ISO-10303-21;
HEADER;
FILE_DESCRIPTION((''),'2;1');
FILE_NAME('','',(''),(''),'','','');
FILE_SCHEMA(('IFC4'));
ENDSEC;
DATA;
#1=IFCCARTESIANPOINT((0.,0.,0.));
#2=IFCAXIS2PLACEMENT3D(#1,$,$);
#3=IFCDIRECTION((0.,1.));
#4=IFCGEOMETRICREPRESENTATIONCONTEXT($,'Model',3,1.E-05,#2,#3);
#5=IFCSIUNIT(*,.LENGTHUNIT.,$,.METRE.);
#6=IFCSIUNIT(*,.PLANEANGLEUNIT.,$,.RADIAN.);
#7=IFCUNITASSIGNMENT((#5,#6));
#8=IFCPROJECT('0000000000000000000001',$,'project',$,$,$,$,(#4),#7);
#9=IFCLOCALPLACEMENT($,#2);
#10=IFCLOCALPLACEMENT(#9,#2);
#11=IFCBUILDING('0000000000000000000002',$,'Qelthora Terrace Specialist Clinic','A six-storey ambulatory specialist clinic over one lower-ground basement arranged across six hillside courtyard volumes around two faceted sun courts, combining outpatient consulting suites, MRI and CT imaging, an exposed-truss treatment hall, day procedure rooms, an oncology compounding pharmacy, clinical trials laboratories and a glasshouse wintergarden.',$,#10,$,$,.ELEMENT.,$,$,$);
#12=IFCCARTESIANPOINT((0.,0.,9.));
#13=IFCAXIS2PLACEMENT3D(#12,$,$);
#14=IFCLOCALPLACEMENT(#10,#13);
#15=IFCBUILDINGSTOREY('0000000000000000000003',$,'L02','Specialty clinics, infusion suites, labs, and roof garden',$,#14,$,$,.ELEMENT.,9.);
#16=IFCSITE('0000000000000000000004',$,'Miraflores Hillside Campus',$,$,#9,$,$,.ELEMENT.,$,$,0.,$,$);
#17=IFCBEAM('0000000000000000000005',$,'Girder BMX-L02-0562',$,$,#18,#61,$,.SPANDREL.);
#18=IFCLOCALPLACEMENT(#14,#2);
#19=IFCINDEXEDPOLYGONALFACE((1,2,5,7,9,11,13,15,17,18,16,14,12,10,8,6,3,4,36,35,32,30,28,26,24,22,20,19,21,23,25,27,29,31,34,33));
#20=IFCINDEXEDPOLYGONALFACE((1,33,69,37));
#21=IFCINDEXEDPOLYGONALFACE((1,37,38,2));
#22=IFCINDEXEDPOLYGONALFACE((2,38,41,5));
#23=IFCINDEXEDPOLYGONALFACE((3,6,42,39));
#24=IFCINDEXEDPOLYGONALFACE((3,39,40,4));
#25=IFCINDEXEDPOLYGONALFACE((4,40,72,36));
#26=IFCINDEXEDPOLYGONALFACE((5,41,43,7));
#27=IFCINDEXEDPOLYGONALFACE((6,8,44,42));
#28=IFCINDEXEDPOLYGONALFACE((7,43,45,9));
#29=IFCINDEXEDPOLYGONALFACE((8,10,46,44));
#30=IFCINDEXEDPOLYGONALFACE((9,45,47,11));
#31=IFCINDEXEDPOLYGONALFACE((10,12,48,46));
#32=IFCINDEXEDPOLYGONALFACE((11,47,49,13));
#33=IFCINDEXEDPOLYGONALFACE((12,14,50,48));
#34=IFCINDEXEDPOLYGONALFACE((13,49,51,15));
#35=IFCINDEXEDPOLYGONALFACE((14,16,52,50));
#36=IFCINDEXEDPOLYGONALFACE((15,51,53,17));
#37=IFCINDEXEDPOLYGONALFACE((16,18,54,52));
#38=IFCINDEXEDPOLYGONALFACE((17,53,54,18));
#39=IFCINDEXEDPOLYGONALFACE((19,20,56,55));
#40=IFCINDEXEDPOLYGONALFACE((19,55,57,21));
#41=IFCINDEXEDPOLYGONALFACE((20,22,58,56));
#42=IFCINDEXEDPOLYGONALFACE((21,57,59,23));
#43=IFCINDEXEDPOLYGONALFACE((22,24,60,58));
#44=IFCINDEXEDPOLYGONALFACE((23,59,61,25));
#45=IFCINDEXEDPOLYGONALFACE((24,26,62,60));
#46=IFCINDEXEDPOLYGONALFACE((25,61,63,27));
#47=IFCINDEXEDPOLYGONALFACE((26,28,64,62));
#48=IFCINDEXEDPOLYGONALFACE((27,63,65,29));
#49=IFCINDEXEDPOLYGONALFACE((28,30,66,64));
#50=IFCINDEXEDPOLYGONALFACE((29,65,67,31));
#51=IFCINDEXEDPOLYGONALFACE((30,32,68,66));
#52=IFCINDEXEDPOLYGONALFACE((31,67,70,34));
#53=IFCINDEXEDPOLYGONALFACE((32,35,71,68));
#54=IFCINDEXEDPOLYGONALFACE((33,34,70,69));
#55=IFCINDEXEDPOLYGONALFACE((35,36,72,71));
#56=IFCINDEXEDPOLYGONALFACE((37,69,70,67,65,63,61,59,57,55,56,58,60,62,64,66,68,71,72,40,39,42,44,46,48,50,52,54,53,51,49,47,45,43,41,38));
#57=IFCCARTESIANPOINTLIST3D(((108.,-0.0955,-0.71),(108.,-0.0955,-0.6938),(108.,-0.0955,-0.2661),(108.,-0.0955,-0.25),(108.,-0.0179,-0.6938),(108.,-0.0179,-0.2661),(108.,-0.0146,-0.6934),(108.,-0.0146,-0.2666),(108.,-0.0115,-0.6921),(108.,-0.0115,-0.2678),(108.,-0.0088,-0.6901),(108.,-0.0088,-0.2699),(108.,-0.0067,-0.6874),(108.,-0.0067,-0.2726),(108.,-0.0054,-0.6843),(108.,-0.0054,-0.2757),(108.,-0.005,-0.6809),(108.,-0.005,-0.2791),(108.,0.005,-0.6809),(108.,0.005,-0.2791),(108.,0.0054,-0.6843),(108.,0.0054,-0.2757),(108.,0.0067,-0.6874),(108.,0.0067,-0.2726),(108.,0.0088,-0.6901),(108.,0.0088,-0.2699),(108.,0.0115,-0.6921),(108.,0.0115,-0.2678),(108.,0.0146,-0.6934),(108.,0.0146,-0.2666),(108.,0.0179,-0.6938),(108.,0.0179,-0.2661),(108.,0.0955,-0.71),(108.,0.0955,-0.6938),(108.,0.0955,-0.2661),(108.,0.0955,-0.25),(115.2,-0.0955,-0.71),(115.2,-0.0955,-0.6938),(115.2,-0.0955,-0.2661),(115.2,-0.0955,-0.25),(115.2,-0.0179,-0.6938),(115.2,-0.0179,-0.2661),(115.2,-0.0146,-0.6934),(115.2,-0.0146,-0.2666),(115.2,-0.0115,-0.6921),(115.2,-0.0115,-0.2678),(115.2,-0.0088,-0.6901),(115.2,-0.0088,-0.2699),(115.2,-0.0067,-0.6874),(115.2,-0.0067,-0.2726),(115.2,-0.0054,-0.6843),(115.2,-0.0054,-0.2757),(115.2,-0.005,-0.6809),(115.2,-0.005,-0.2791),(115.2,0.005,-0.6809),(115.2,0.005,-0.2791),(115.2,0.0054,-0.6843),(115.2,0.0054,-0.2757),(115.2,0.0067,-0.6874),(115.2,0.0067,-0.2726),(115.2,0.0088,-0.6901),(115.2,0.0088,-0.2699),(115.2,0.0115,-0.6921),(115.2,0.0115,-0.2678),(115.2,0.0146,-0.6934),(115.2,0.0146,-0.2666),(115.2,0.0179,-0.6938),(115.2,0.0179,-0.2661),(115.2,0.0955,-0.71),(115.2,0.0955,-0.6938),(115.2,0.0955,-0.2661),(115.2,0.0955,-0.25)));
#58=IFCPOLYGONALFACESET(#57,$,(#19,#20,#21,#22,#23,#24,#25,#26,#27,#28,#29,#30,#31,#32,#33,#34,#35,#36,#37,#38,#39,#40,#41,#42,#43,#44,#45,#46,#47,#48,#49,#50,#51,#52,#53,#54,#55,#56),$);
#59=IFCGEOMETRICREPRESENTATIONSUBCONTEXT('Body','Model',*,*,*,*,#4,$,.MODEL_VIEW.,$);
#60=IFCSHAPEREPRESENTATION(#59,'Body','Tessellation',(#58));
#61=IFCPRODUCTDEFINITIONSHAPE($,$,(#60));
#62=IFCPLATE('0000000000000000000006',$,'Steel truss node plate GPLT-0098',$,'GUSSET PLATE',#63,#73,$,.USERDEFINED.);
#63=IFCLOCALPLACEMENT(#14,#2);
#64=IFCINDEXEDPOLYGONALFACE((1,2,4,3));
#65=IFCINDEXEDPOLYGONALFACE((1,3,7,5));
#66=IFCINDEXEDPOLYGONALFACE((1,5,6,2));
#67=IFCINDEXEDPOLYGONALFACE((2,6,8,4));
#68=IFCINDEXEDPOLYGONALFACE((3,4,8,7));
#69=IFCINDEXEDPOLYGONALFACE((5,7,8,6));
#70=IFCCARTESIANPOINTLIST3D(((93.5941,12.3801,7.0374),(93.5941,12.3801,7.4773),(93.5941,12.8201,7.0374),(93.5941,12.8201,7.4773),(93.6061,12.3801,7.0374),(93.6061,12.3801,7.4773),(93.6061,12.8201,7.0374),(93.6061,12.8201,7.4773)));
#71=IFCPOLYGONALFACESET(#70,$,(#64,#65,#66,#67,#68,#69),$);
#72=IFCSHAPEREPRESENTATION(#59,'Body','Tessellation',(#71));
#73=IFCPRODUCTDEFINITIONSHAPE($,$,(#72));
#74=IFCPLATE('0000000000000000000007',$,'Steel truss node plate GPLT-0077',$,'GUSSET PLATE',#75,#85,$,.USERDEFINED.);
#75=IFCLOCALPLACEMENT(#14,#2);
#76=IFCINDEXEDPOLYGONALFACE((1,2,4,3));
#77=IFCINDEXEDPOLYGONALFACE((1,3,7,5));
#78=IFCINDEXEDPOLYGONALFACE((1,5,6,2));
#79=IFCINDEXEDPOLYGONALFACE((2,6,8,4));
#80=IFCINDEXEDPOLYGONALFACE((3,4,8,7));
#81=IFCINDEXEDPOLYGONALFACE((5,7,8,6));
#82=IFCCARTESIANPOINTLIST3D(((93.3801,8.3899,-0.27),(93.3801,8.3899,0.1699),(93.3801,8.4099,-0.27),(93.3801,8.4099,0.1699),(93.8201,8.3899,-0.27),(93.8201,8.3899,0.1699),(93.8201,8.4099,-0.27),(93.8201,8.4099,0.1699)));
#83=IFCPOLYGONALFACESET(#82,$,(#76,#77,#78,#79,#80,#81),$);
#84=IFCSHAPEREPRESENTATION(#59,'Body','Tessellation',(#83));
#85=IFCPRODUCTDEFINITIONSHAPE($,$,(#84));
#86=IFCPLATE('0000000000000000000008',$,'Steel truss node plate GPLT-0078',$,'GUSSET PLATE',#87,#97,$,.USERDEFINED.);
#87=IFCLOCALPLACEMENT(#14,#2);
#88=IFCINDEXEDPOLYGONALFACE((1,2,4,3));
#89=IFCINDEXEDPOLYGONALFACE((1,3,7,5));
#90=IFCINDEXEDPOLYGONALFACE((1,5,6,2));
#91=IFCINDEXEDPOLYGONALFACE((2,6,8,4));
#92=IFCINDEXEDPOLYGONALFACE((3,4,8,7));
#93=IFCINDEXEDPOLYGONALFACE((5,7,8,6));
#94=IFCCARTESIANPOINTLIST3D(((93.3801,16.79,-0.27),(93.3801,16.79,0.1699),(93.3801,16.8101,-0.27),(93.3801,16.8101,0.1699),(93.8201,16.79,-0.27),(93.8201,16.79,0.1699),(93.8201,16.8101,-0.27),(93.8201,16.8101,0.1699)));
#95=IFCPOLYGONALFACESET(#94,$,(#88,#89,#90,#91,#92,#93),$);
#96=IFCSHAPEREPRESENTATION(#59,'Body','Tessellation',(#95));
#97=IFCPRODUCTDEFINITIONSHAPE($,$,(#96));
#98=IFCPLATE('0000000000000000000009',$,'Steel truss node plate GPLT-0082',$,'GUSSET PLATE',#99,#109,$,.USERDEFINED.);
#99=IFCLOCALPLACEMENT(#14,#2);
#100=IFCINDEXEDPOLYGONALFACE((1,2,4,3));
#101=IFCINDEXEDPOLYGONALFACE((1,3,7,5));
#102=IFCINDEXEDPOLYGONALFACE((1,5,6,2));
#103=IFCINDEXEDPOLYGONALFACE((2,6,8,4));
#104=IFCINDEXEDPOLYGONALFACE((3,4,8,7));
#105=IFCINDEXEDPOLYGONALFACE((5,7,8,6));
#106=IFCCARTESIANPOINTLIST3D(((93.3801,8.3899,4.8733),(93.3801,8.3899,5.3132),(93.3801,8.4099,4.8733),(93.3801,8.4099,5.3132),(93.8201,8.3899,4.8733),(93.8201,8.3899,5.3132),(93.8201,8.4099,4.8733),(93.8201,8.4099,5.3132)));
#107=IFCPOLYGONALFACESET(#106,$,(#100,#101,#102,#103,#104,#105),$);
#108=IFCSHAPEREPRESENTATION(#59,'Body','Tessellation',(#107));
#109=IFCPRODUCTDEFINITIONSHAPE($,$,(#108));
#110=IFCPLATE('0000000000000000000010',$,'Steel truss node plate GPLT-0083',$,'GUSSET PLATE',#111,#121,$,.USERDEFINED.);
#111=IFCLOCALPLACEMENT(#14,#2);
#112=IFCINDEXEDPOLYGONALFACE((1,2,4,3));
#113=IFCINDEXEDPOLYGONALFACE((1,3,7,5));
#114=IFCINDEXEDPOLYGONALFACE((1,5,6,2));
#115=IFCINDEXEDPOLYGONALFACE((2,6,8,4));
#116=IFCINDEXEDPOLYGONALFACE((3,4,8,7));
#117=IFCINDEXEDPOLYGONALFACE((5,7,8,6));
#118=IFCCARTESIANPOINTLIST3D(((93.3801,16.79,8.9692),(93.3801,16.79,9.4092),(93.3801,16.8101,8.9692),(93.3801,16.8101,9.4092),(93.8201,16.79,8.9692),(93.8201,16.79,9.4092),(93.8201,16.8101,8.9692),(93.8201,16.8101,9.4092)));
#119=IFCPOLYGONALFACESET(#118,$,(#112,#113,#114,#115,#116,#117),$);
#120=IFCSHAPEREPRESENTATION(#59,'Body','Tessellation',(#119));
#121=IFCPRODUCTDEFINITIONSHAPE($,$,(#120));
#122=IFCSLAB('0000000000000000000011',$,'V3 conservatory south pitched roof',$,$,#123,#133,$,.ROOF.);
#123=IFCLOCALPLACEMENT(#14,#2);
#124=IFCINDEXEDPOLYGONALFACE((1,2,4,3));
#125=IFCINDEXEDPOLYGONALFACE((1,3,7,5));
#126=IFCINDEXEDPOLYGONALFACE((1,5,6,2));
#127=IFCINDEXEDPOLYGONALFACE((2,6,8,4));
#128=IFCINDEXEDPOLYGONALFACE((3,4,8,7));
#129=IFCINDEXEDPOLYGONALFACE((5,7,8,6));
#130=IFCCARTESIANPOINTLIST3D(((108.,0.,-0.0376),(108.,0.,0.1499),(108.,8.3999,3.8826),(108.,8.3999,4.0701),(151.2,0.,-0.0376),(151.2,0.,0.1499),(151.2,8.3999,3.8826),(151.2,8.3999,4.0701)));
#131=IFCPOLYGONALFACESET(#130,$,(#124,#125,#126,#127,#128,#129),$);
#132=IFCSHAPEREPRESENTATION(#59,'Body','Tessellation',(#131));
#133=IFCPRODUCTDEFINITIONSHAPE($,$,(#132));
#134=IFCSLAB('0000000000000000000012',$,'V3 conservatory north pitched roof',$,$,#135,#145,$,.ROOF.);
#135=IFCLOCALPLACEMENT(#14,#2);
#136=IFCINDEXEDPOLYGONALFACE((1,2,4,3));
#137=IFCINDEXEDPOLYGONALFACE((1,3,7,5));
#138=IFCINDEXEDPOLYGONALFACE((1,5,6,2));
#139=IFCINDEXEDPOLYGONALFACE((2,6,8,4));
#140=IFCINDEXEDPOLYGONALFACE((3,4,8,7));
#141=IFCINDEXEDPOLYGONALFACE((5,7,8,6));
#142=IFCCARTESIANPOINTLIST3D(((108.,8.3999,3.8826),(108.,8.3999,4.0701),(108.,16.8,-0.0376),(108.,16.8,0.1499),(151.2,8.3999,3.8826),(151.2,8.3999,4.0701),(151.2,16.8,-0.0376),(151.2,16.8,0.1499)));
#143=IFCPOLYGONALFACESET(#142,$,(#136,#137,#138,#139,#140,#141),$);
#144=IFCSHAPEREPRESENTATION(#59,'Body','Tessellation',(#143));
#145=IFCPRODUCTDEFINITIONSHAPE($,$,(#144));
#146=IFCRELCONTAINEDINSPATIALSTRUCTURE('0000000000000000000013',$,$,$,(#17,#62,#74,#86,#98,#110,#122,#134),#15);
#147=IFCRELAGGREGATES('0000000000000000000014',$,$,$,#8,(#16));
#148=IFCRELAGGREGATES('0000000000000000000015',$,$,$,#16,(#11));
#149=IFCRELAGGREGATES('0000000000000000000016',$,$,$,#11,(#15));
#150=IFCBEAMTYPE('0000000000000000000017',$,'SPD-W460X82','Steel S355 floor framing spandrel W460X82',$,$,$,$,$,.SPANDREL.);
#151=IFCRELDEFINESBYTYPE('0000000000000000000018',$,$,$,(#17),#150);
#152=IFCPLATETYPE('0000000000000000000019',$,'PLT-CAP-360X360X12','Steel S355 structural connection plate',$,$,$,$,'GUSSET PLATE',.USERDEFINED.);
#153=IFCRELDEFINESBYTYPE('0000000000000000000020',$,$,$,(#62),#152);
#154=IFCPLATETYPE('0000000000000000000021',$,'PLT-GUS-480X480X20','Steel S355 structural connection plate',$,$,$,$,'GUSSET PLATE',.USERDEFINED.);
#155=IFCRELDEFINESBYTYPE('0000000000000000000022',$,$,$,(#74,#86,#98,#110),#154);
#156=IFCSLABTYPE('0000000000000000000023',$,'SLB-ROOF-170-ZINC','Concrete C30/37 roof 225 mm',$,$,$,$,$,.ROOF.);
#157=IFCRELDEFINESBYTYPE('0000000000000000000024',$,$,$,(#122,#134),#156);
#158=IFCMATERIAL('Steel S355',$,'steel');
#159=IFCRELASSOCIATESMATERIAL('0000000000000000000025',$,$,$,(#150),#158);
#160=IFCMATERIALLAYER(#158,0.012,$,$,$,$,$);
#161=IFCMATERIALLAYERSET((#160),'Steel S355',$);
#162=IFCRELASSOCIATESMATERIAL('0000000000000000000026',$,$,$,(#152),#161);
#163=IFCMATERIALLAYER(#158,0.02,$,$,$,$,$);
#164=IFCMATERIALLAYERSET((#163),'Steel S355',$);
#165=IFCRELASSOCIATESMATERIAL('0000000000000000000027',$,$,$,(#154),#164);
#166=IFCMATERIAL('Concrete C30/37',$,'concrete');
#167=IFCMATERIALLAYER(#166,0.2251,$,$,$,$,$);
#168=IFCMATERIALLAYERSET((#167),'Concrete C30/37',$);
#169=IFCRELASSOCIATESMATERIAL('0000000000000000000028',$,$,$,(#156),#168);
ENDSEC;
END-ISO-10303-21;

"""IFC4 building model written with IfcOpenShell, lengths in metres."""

from ifc_helpers import new_model, si_unit, direction, frame, origin, origin_2d, place, context, subcontext, project, spatial, polyline, rectangle, i_section, outline, extrude, material, layer, layer_set, material_profile, profile_set, type_object, element, save


model = new_model("IFC4")

# Units and contexts
model_context = context("Model", 3, precision=1e-05, world=origin(), true_north=direction((0.0, 1.0)))
body_context = subcontext(model_context, "Body", "Model", "MODEL_VIEW")
ifc_project = project(units=[si_unit("LENGTHUNIT", "METRE"), si_unit("PLANEANGLEUNIT", "RADIAN")], contexts=[model_context])

# Site, building, storey
site_placement = place(None, origin())
site = spatial("IfcSite", under=ifc_project, at=site_placement, Name="Miraflores Hillside Campus", CompositionType="ELEMENT", RefElevation=0.0)
building_placement = place(site_placement, origin())
building = spatial("IfcBuilding", under=site, at=building_placement, Name="Qelthora Terrace Specialist Clinic", Description="A six-storey ambulatory specialist clinic over one lower-ground basement arranged across six hillside courtyard volumes around two faceted sun courts, combining outpatient consulting suites, MRI and CT imaging, an exposed-truss treatment hall, day procedure rooms, an oncology compounding pharmacy, clinical trials laboratories and a glasshouse wintergarden.", CompositionType="ELEMENT")
storey_placement = place(building_placement, frame((0.0, 0.0, 9.0)))
storey = spatial("IfcBuildingStorey", under=building, at=storey_placement, Name="L02", Description="Specialty clinics, infusion suites, labs, and roof garden", CompositionType="ELEMENT", Elevation=9.0)

# Shared definitions
ifc_material_1 = material(Name="Steel S355", Category="steel")

# Beam
ifc_material_profile_1 = material_profile(ifc_material_1, i_section(OverallWidth=0.1909, OverallDepth=0.46, WebThickness=0.01, FlangeThickness=0.0161, FilletRadius=0.0129, at=origin_2d()), Name="W460X82")
ifc_profile_set_1 = profile_set([ifc_material_profile_1], Name="Steel S355")
beam_type_1 = type_object("IfcBeamType", Name="SPD-W460X82", Description="Steel S355 floor framing spandrel W460X82", PredefinedType="SPANDREL", material=ifc_profile_set_1)
beam_1_placement = place(storey_placement, frame((108.0, 0.0, -0.48), z_axis=(1.0, 0.0, 0.0), x_axis=(0.0, 1.0, 0.0)))
element("IfcBeam", 1, at=beam_1_placement, inside=storey, type_object=beam_type_1, Name="Girder BMX-L02-0562", PredefinedType="SPANDREL", context=body_context, shape_type="SweptSolid", body=[
    extrude(i_section(OverallWidth=0.1909, OverallDepth=0.46, WebThickness=0.01, FlangeThickness=0.0161, FilletRadius=0.0129, at=origin_2d()), origin(), (0.0, 0.0, 1.0), 7.2),
])

# Plates
ifc_layer_1 = layer(ifc_material_1, 0.012)
ifc_layer_set_1 = layer_set([ifc_layer_1], Name="Steel S355")
plate_type_1 = type_object("IfcPlateType", Name="PLT-CAP-360X360X12", Description="Steel S355 structural connection plate", ElementType="GUSSET PLATE", PredefinedType="USERDEFINED", material=ifc_layer_set_1)
plate_placement = place(storey_placement, frame((93.6001, 12.6001, 7.0374), z_axis=(0.0, 0.0, 1.0), x_axis=(1.0, 0.0, 0.0)))
element("IfcPlate", 2, at=plate_placement, inside=storey, type_object=plate_type_1, Name="Steel truss node plate GPLT-0098", ObjectType="GUSSET PLATE", PredefinedType="USERDEFINED", context=body_context, shape_type="SweptSolid", body=[
    extrude(rectangle(XDim=0.012, YDim=0.4399, at=origin_2d()), origin(), (0.0, 0.0, 1.0), 0.4399),
])
ifc_layer_2 = layer(ifc_material_1, 0.02)
ifc_layer_set_2 = layer_set([ifc_layer_2], Name="Steel S355")
plate_type_2 = type_object("IfcPlateType", Name="PLT-GUS-480X480X20", Description="Steel S355 structural connection plate", ElementType="GUSSET PLATE", PredefinedType="USERDEFINED", material=ifc_layer_set_2)
for number, where, z_axis, x_axis, name in (
    (3, (93.6001, 8.3999, -0.27), (0.0, 0.0, 1.0), (1.0, 0.0, 0.0), "Steel truss node plate GPLT-0077"),
    (4, (93.6001, 16.8, -0.27), (0.0, 0.0, 1.0), (1.0, 0.0, 0.0), "Steel truss node plate GPLT-0078"),
    (5, (93.6001, 8.3999, 4.8733), (0.0, 0.0, 1.0), (1.0, 0.0, 0.0), "Steel truss node plate GPLT-0082"),
    (6, (93.6001, 16.8, 8.9692), (0.0, 0.0, 1.0), (1.0, 0.0, 0.0), "Steel truss node plate GPLT-0083"),
):
    element("IfcPlate", number, at=place(storey_placement, frame(where, z_axis=z_axis, x_axis=x_axis)), inside=storey, type_object=plate_type_2, Name=name, ObjectType="GUSSET PLATE", PredefinedType="USERDEFINED", context=body_context, shape_type="SweptSolid", body=[
        extrude(rectangle(XDim=0.4399, YDim=0.02, at=origin_2d()), origin(), (0.0, 0.0, 1.0), 0.4399),
    ])

# Slabs
ifc_material_2 = material(Name="Concrete C30/37", Category="concrete")
ifc_layer_3 = layer(ifc_material_2, 0.2251)
ifc_layer_set_3 = layer_set([ifc_layer_3], Name="Concrete C30/37")
slab_type = type_object("IfcSlabType", Name="SLB-ROOF-170-ZINC", Description="Concrete C30/37 roof 225 mm", PredefinedType="ROOF", material=ifc_layer_set_3)
slab_1_placement = place(storey_placement, frame((108.0, 0.0, -0.0376), z_axis=(0.0, -0.422904, 0.906174), x_axis=(1.0, 0.0, 0.0)))
element("IfcSlab", 7, at=slab_1_placement, inside=storey, type_object=slab_type, Name="V3 conservatory south pitched roof", PredefinedType="ROOF", context=body_context, shape_type="SweptSolid", body=[
    extrude(outline(polyline([(0.0, 0.0), (43.2, 0.0), (43.2, 9.2696), (0.0, 9.2696), (0.0, 0.0)])), origin(), (0.0, 0.422904, 0.906174), 0.1875),
])
slab_2_placement = place(storey_placement, frame((108.0, 8.3999, 3.8826), z_axis=(0.0, 0.422894, 0.906179), x_axis=(1.0, 0.0, 0.0)))
element("IfcSlab", 8, at=slab_2_placement, inside=storey, type_object=slab_type, Name="V3 conservatory north pitched roof", PredefinedType="ROOF", context=body_context, shape_type="SweptSolid", body=[
    extrude(outline(polyline([(0.0, 0.0), (43.2, 0.0), (43.2, 9.2699), (0.0, 9.2699), (0.0, 0.0)])), origin(), (0.0, -0.422894, 0.906179), 0.1875),
])

save(model, "model.ifc")
